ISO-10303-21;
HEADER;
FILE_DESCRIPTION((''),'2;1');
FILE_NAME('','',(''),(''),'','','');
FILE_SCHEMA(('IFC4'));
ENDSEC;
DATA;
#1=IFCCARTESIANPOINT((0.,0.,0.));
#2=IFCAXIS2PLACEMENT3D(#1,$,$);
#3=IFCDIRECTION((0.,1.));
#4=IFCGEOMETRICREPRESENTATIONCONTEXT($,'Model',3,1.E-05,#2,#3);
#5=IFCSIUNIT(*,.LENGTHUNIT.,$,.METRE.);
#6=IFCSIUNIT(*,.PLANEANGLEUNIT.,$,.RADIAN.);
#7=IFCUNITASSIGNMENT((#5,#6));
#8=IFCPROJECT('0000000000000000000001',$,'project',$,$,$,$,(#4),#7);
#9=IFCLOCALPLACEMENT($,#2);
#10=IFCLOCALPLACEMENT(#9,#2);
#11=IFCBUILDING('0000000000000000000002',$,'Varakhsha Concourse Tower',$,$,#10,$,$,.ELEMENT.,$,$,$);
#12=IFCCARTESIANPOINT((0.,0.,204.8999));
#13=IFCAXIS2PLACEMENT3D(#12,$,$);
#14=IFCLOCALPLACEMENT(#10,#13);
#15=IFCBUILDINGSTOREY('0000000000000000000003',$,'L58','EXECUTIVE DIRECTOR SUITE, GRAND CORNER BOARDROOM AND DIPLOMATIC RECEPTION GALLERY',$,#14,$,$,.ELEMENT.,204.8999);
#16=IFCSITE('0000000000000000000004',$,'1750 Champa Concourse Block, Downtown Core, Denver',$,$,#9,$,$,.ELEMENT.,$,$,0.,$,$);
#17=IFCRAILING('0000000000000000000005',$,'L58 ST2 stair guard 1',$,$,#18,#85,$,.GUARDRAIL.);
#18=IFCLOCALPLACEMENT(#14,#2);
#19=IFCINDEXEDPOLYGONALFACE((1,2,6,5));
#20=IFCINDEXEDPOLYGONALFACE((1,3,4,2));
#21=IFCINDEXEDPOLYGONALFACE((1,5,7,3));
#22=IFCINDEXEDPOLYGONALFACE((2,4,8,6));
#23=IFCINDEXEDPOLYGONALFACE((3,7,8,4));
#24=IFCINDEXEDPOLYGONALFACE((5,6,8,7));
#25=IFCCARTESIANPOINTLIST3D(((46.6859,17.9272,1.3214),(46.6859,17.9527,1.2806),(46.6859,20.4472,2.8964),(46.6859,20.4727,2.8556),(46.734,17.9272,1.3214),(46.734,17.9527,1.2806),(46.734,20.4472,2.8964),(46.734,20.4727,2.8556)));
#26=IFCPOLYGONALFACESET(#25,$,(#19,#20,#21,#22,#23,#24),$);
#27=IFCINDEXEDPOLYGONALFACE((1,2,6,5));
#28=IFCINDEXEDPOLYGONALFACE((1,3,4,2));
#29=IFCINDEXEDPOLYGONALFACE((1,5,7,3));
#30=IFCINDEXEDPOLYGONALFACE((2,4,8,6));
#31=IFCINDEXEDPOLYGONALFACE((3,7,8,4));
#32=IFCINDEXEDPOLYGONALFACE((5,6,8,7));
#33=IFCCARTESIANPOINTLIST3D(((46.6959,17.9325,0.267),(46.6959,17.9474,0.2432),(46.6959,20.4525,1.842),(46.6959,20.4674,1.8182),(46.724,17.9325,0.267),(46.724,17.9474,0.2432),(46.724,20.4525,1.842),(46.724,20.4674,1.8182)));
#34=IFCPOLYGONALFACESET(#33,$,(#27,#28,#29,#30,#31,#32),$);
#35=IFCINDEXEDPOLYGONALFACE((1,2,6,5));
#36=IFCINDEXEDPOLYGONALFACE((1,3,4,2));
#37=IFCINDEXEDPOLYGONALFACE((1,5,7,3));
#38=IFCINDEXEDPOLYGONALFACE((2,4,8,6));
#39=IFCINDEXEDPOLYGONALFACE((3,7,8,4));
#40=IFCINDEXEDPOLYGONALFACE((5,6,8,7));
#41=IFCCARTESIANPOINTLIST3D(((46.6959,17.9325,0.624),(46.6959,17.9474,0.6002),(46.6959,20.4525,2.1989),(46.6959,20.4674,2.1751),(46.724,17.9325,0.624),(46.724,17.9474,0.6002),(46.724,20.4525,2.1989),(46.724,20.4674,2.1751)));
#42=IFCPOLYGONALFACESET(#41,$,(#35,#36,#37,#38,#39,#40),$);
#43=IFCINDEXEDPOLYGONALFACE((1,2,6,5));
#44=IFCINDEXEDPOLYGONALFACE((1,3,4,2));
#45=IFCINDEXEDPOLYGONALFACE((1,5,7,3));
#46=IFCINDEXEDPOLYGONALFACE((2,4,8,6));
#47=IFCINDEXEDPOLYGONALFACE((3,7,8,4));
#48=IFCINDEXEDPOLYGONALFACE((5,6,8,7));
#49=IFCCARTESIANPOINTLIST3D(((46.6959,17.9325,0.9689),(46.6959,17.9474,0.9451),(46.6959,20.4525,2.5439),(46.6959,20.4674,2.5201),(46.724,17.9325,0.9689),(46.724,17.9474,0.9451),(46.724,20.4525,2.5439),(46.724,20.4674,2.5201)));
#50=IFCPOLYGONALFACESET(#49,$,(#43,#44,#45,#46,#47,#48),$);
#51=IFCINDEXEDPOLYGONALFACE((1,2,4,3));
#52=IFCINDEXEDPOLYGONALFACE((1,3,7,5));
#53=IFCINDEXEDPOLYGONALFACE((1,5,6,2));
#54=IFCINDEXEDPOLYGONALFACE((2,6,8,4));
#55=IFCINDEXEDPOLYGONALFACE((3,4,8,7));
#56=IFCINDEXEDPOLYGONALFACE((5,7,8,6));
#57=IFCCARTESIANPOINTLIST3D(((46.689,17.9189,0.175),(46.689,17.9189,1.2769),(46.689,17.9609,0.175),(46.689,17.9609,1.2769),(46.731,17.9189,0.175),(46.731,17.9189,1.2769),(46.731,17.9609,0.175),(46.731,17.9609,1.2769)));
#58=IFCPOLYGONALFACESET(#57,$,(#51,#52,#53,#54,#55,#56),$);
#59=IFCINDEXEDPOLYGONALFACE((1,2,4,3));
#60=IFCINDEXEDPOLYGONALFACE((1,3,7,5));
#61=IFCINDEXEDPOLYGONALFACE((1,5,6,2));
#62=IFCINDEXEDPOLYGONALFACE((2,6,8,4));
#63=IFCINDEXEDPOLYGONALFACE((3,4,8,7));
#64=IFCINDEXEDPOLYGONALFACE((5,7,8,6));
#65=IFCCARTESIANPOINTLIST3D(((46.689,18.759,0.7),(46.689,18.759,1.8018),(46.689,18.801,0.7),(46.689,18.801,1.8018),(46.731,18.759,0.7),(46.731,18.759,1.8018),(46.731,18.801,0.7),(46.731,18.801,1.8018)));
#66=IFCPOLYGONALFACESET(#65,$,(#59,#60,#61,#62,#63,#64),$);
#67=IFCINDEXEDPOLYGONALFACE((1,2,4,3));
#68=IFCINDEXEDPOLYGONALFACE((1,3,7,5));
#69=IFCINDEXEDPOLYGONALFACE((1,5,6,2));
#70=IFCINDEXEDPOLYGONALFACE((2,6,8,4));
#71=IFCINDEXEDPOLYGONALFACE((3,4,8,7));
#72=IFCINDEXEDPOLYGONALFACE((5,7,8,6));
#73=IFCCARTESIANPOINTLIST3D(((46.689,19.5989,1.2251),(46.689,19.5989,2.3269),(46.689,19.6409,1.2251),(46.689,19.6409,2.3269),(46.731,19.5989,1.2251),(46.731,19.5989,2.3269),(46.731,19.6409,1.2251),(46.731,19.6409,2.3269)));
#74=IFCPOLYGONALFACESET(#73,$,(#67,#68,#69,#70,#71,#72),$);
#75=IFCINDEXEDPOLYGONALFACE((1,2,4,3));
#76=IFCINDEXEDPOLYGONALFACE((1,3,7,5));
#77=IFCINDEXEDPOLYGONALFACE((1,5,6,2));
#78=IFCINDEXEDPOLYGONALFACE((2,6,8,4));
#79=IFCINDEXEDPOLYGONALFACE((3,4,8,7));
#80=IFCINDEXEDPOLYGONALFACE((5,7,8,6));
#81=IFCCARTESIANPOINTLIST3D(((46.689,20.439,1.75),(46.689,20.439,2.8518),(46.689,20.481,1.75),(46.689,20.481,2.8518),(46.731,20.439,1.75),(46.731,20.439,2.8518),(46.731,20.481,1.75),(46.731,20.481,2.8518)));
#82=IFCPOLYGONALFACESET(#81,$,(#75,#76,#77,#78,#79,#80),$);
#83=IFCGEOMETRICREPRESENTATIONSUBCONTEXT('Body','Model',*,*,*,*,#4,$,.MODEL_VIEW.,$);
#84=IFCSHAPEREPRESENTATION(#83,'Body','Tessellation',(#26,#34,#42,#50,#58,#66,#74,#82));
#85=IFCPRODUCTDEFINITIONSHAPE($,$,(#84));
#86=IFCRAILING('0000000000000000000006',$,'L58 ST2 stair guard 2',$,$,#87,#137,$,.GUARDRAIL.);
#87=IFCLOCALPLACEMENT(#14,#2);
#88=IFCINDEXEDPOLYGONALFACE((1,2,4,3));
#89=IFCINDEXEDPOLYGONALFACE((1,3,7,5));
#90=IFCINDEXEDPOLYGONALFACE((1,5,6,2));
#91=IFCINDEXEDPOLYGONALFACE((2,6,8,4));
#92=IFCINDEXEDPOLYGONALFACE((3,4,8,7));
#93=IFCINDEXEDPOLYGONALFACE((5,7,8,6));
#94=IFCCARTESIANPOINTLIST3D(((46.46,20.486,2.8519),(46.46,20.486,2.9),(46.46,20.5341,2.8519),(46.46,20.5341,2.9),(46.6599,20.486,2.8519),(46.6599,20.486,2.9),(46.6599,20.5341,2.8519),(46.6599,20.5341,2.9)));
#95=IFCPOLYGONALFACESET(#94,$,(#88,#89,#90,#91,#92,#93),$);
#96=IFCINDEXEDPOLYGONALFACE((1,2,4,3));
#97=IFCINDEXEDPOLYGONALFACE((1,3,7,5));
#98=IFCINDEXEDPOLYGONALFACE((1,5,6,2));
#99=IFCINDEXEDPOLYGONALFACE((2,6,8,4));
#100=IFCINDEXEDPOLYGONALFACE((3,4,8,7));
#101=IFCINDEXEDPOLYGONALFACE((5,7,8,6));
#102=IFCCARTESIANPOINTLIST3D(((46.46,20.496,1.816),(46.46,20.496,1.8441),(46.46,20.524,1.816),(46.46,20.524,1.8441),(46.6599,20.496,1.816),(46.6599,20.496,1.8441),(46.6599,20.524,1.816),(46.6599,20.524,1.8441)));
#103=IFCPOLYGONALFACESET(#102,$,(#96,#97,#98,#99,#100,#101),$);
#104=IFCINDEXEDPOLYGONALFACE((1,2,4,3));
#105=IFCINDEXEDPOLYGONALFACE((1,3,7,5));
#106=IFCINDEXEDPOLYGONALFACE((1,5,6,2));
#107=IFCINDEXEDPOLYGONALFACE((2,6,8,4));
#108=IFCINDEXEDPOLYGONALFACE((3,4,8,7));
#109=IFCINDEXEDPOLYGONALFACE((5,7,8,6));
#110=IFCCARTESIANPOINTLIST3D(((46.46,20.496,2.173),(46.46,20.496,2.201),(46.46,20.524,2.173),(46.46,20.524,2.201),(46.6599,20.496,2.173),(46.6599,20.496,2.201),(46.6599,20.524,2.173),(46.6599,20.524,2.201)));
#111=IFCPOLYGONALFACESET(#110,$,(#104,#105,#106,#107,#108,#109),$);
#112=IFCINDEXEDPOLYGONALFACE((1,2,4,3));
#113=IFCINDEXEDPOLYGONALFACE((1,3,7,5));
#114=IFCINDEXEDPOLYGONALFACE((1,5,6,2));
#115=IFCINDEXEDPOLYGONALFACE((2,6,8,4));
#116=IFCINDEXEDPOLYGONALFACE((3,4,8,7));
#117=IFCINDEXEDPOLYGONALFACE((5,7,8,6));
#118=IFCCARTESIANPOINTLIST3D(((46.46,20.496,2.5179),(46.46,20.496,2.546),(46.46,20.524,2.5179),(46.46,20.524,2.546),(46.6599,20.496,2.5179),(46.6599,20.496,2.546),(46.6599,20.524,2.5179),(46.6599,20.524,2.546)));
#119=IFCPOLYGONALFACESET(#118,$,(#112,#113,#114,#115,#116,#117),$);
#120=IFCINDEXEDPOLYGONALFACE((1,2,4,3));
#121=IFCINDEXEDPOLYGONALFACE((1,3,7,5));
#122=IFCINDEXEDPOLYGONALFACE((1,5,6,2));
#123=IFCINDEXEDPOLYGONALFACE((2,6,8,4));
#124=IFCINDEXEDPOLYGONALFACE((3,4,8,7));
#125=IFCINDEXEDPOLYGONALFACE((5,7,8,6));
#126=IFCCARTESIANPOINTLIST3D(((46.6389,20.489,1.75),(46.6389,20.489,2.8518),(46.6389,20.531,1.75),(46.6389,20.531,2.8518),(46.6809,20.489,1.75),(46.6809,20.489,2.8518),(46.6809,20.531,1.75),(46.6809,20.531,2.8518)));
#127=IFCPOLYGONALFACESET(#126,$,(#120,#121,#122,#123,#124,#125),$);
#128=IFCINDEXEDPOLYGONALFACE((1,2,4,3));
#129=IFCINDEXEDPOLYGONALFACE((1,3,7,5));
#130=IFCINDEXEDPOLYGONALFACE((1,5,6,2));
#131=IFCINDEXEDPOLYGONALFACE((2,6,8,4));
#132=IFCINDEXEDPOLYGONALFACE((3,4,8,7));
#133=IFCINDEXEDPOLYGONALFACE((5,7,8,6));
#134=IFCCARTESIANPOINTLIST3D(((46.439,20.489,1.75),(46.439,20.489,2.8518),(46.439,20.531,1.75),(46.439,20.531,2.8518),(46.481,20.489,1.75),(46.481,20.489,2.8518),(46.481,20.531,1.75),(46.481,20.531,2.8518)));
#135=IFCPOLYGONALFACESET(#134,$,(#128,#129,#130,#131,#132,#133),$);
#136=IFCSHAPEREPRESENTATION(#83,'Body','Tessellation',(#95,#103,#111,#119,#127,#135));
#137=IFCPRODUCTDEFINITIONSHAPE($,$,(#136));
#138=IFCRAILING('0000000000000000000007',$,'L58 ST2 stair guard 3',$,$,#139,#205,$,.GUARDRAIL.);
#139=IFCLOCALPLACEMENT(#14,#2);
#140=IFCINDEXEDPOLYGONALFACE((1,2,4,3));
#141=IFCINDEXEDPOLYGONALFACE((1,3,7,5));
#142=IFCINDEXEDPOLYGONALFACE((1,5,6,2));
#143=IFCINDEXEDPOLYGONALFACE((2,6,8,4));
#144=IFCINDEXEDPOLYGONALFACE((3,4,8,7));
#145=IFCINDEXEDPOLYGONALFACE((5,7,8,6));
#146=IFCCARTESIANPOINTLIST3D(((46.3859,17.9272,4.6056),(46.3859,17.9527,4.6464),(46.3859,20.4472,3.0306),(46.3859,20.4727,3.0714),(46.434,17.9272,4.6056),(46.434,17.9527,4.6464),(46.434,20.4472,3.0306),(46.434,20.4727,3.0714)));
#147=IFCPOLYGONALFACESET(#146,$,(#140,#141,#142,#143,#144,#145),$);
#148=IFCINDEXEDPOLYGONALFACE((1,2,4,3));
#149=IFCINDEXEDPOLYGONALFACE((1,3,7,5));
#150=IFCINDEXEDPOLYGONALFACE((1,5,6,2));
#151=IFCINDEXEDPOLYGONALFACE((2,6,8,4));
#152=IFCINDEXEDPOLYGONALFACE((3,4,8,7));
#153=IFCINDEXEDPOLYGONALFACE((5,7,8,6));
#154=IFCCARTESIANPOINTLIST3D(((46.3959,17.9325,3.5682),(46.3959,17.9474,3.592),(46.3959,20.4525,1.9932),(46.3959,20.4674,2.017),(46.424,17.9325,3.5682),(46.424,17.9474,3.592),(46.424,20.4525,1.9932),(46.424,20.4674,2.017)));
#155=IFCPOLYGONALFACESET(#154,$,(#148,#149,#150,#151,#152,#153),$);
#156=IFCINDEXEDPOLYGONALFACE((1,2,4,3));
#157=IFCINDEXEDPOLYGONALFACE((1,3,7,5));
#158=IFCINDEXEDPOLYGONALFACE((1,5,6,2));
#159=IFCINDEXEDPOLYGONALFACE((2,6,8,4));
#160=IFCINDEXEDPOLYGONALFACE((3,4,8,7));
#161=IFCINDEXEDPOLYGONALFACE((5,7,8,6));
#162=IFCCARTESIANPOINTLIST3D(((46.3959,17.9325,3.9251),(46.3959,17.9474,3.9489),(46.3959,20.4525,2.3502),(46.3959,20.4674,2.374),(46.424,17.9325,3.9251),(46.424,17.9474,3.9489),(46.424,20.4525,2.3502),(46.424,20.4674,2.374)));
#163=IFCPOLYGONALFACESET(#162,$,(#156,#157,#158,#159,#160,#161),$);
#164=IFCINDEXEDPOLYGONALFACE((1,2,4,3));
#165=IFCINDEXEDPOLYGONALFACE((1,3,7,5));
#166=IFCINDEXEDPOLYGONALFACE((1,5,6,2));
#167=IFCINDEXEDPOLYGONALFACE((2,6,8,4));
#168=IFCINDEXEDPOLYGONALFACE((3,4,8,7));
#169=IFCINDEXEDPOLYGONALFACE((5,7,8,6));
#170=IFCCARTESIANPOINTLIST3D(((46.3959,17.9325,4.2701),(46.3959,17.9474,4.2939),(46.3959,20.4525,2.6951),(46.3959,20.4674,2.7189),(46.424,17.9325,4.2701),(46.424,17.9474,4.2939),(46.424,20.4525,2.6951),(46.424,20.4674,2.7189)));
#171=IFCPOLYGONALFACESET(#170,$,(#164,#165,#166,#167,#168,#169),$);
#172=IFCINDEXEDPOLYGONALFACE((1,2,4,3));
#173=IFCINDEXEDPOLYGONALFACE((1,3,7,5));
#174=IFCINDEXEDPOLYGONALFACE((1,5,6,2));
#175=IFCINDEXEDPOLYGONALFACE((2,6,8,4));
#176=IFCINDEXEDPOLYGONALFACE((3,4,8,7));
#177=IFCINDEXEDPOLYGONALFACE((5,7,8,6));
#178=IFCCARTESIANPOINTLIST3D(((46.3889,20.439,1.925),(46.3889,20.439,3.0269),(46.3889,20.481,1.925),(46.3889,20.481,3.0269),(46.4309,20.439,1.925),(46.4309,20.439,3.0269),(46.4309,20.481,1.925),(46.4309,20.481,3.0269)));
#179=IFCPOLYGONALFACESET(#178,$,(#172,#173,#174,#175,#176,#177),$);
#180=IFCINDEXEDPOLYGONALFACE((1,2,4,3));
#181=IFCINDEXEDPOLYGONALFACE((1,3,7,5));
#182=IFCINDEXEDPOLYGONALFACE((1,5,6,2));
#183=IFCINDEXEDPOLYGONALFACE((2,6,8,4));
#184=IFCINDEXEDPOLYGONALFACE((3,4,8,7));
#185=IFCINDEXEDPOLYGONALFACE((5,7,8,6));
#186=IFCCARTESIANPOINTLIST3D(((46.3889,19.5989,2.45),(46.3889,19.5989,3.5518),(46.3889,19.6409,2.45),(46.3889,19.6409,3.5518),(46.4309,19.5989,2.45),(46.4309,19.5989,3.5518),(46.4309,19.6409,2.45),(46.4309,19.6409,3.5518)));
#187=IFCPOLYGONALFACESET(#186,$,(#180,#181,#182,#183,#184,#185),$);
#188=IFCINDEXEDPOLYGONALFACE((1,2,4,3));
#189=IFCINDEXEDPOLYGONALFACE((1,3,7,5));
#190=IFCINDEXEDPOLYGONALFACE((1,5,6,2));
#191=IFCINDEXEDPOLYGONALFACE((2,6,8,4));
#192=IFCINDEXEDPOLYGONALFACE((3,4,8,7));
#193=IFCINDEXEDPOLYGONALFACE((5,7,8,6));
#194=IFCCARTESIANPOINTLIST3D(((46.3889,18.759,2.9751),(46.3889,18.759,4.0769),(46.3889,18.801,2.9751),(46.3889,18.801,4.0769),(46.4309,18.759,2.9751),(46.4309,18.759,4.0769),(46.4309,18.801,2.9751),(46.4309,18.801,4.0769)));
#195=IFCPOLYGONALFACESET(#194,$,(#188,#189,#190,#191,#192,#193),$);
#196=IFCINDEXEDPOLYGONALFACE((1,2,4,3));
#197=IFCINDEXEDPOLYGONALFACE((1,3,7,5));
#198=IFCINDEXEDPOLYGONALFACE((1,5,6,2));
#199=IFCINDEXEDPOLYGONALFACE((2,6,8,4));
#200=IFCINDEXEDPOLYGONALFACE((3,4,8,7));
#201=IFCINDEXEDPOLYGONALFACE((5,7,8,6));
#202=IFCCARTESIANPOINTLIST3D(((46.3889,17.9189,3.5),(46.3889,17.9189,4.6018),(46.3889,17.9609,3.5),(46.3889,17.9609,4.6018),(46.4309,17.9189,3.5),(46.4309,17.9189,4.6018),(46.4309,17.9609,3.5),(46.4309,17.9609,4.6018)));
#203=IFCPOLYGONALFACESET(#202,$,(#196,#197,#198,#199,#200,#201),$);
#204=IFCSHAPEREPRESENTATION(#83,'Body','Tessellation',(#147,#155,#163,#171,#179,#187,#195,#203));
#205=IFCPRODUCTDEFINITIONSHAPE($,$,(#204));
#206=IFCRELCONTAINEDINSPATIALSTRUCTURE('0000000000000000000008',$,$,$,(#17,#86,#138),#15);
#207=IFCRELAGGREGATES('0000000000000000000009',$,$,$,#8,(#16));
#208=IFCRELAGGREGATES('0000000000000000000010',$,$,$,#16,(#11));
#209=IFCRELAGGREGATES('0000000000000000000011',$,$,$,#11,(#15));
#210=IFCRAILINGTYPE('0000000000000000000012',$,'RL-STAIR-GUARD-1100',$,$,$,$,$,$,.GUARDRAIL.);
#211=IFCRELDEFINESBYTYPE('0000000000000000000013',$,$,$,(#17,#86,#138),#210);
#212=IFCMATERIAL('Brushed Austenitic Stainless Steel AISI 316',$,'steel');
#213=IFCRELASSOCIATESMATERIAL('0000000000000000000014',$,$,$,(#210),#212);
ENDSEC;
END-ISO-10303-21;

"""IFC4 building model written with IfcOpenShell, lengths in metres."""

from ifc_helpers import new_model, si_unit, direction, frame, origin, origin_2d, place, context, subcontext, project, spatial, rectangle, extrude, material, type_object, element, save


model = new_model("IFC4")

# Units and contexts
model_context = context("Model", 3, precision=1e-05, world=origin(), true_north=direction((0.0, 1.0)))
body_context = subcontext(model_context, "Body", "Model", "MODEL_VIEW")
ifc_project = project(units=[si_unit("LENGTHUNIT", "METRE"), si_unit("PLANEANGLEUNIT", "RADIAN")], contexts=[model_context])

# Site, building, storey
site_placement = place(None, origin())
site = spatial("IfcSite", under=ifc_project, at=site_placement, Name="1750 Champa Concourse Block, Downtown Core, Denver", CompositionType="ELEMENT", RefElevation=0.0)
building_placement = place(site_placement, origin())
building = spatial("IfcBuilding", under=site, at=building_placement, Name="Varakhsha Concourse Tower", CompositionType="ELEMENT")
storey_placement = place(building_placement, frame((0.0, 0.0, 204.8999)))
storey = spatial("IfcBuildingStorey", under=building, at=storey_placement, Name="L58", Description="EXECUTIVE DIRECTOR SUITE, GRAND CORNER BOARDROOM AND DIPLOMATIC RECEPTION GALLERY", CompositionType="ELEMENT", Elevation=204.8999)

# Railings
ifc_material_1 = material(Name="Brushed Austenitic Stainless Steel AISI 316", Category="steel")
railing_type_1 = type_object("IfcRailingType", Name="RL-STAIR-GUARD-1100", PredefinedType="GUARDRAIL", material=ifc_material_1)
railing_1_placement = place(storey_placement, frame((46.71, 17.9399, 0.175)))
element("IfcRailing", 1, at=railing_1_placement, inside=storey, type_object=railing_type_1, Name="L58 ST2 stair guard 1", PredefinedType="GUARDRAIL", context=body_context, shape_type="SweptSolid", body=[
    extrude(rectangle(XDim=0.0481, YDim=0.0481, at=origin_2d()), frame((0.0, 0.0, 1.126), z_axis=(0.0, 0.848008, 0.529984), x_axis=(-1.0, 0.0, 0.0)), (0.0, 0.0, 1.0), 2.9717),
    extrude(rectangle(XDim=0.0281, YDim=0.0281, at=origin_2d()), frame((0.0, 0.0, 0.0801), z_axis=(0.0, 0.848008, 0.529984), x_axis=(-1.0, 0.0, 0.0)), (0.0, 0.0, 1.0), 2.9717),
    extrude(rectangle(XDim=0.0281, YDim=0.0281, at=origin_2d()), frame((0.0, 0.0, 0.437), z_axis=(0.0, 0.848008, 0.529984), x_axis=(-1.0, 0.0, 0.0)), (0.0, 0.0, 1.0), 2.9717),
    extrude(rectangle(XDim=0.0281, YDim=0.0281, at=origin_2d()), frame((0.0, 0.0, 0.782), z_axis=(0.0, 0.848008, 0.529984), x_axis=(-1.0, 0.0, 0.0)), (0.0, 0.0, 1.0), 2.9717),
    extrude(rectangle(XDim=0.042, YDim=0.042, at=origin_2d()), origin(), (0.0, 0.0, 1.0), 1.1018),
    extrude(rectangle(XDim=0.042, YDim=0.042, at=origin_2d()), frame((0.0, 0.8401, 0.5249)), (0.0, 0.0, 1.0), 1.1018),
    extrude(rectangle(XDim=0.042, YDim=0.042, at=origin_2d()), frame((0.0, 1.6799, 1.05)), (0.0, 0.0, 1.0), 1.1018),
    extrude(rectangle(XDim=0.042, YDim=0.042, at=origin_2d()), frame((0.0, 2.52, 1.575)), (0.0, 0.0, 1.0), 1.1018),
])
railing_2_placement = place(storey_placement, frame((46.6599, 20.51, 1.75)))
element("IfcRailing", 2, at=railing_2_placement, inside=storey, type_object=railing_type_1, Name="L58 ST2 stair guard 2", PredefinedType="GUARDRAIL", context=body_context, shape_type="SweptSolid", body=[
    extrude(rectangle(XDim=0.0481, YDim=0.0481, at=origin_2d()), frame((0.0, 0.0, 1.126), z_axis=(-1.0, 0.0, 0.0), x_axis=(0.0, -1.0, 0.0)), (0.0, 0.0, 1.0), 0.2),
    extrude(rectangle(XDim=0.0281, YDim=0.0281, at=origin_2d()), frame((0.0, 0.0, 0.0801), z_axis=(-1.0, 0.0, 0.0), x_axis=(0.0, -1.0, 0.0)), (0.0, 0.0, 1.0), 0.2),
    extrude(rectangle(XDim=0.0281, YDim=0.0281, at=origin_2d()), frame((0.0, 0.0, 0.437), z_axis=(-1.0, 0.0, 0.0), x_axis=(0.0, -1.0, 0.0)), (0.0, 0.0, 1.0), 0.2),
    extrude(rectangle(XDim=0.0281, YDim=0.0281, at=origin_2d()), frame((0.0, 0.0, 0.782), z_axis=(-1.0, 0.0, 0.0), x_axis=(0.0, -1.0, 0.0)), (0.0, 0.0, 1.0), 0.2),
    extrude(rectangle(XDim=0.042, YDim=0.042, at=origin_2d()), origin(), (0.0, 0.0, 1.0), 1.1018),
    extrude(rectangle(XDim=0.042, YDim=0.042, at=origin_2d()), frame((-0.2, 0.0, 0.0)), (0.0, 0.0, 1.0), 1.1018),
])
railing_3_placement = place(storey_placement, frame((46.4099, 20.46, 1.925)))
element("IfcRailing", 3, at=railing_3_placement, inside=storey, type_object=railing_type_1, Name="L58 ST2 stair guard 3", PredefinedType="GUARDRAIL", context=body_context, shape_type="SweptSolid", body=[
    extrude(rectangle(XDim=0.0481, YDim=0.0481, at=origin_2d()), frame((0.0, 0.0, 1.126), z_axis=(0.0, -0.848008, 0.529984), x_axis=(1.0, 0.0, 0.0)), (0.0, 0.0, 1.0), 2.9717),
    extrude(rectangle(XDim=0.0281, YDim=0.0281, at=origin_2d()), frame((0.0, 0.0, 0.0801), z_axis=(0.0, -0.848008, 0.529984), x_axis=(1.0, 0.0, 0.0)), (0.0, 0.0, 1.0), 2.9717),
    extrude(rectangle(XDim=0.0281, YDim=0.0281, at=origin_2d()), frame((0.0, 0.0, 0.437), z_axis=(0.0, -0.848008, 0.529984), x_axis=(1.0, 0.0, 0.0)), (0.0, 0.0, 1.0), 2.9717),
    extrude(rectangle(XDim=0.0281, YDim=0.0281, at=origin_2d()), frame((0.0, 0.0, 0.782), z_axis=(0.0, -0.848008, 0.529984), x_axis=(1.0, 0.0, 0.0)), (0.0, 0.0, 1.0), 2.9717),
    extrude(rectangle(XDim=0.042, YDim=0.042, at=origin_2d()), origin(), (0.0, 0.0, 1.0), 1.1018),
    extrude(rectangle(XDim=0.042, YDim=0.042, at=origin_2d()), frame((0.0, -0.8401, 0.5249)), (0.0, 0.0, 1.0), 1.1018),
    extrude(rectangle(XDim=0.042, YDim=0.042, at=origin_2d()), frame((0.0, -1.6799, 1.05)), (0.0, 0.0, 1.0), 1.1018),
    extrude(rectangle(XDim=0.042, YDim=0.042, at=origin_2d()), frame((0.0, -2.52, 1.575)), (0.0, 0.0, 1.0), 1.1018),
])

save(model, "model.ifc")
